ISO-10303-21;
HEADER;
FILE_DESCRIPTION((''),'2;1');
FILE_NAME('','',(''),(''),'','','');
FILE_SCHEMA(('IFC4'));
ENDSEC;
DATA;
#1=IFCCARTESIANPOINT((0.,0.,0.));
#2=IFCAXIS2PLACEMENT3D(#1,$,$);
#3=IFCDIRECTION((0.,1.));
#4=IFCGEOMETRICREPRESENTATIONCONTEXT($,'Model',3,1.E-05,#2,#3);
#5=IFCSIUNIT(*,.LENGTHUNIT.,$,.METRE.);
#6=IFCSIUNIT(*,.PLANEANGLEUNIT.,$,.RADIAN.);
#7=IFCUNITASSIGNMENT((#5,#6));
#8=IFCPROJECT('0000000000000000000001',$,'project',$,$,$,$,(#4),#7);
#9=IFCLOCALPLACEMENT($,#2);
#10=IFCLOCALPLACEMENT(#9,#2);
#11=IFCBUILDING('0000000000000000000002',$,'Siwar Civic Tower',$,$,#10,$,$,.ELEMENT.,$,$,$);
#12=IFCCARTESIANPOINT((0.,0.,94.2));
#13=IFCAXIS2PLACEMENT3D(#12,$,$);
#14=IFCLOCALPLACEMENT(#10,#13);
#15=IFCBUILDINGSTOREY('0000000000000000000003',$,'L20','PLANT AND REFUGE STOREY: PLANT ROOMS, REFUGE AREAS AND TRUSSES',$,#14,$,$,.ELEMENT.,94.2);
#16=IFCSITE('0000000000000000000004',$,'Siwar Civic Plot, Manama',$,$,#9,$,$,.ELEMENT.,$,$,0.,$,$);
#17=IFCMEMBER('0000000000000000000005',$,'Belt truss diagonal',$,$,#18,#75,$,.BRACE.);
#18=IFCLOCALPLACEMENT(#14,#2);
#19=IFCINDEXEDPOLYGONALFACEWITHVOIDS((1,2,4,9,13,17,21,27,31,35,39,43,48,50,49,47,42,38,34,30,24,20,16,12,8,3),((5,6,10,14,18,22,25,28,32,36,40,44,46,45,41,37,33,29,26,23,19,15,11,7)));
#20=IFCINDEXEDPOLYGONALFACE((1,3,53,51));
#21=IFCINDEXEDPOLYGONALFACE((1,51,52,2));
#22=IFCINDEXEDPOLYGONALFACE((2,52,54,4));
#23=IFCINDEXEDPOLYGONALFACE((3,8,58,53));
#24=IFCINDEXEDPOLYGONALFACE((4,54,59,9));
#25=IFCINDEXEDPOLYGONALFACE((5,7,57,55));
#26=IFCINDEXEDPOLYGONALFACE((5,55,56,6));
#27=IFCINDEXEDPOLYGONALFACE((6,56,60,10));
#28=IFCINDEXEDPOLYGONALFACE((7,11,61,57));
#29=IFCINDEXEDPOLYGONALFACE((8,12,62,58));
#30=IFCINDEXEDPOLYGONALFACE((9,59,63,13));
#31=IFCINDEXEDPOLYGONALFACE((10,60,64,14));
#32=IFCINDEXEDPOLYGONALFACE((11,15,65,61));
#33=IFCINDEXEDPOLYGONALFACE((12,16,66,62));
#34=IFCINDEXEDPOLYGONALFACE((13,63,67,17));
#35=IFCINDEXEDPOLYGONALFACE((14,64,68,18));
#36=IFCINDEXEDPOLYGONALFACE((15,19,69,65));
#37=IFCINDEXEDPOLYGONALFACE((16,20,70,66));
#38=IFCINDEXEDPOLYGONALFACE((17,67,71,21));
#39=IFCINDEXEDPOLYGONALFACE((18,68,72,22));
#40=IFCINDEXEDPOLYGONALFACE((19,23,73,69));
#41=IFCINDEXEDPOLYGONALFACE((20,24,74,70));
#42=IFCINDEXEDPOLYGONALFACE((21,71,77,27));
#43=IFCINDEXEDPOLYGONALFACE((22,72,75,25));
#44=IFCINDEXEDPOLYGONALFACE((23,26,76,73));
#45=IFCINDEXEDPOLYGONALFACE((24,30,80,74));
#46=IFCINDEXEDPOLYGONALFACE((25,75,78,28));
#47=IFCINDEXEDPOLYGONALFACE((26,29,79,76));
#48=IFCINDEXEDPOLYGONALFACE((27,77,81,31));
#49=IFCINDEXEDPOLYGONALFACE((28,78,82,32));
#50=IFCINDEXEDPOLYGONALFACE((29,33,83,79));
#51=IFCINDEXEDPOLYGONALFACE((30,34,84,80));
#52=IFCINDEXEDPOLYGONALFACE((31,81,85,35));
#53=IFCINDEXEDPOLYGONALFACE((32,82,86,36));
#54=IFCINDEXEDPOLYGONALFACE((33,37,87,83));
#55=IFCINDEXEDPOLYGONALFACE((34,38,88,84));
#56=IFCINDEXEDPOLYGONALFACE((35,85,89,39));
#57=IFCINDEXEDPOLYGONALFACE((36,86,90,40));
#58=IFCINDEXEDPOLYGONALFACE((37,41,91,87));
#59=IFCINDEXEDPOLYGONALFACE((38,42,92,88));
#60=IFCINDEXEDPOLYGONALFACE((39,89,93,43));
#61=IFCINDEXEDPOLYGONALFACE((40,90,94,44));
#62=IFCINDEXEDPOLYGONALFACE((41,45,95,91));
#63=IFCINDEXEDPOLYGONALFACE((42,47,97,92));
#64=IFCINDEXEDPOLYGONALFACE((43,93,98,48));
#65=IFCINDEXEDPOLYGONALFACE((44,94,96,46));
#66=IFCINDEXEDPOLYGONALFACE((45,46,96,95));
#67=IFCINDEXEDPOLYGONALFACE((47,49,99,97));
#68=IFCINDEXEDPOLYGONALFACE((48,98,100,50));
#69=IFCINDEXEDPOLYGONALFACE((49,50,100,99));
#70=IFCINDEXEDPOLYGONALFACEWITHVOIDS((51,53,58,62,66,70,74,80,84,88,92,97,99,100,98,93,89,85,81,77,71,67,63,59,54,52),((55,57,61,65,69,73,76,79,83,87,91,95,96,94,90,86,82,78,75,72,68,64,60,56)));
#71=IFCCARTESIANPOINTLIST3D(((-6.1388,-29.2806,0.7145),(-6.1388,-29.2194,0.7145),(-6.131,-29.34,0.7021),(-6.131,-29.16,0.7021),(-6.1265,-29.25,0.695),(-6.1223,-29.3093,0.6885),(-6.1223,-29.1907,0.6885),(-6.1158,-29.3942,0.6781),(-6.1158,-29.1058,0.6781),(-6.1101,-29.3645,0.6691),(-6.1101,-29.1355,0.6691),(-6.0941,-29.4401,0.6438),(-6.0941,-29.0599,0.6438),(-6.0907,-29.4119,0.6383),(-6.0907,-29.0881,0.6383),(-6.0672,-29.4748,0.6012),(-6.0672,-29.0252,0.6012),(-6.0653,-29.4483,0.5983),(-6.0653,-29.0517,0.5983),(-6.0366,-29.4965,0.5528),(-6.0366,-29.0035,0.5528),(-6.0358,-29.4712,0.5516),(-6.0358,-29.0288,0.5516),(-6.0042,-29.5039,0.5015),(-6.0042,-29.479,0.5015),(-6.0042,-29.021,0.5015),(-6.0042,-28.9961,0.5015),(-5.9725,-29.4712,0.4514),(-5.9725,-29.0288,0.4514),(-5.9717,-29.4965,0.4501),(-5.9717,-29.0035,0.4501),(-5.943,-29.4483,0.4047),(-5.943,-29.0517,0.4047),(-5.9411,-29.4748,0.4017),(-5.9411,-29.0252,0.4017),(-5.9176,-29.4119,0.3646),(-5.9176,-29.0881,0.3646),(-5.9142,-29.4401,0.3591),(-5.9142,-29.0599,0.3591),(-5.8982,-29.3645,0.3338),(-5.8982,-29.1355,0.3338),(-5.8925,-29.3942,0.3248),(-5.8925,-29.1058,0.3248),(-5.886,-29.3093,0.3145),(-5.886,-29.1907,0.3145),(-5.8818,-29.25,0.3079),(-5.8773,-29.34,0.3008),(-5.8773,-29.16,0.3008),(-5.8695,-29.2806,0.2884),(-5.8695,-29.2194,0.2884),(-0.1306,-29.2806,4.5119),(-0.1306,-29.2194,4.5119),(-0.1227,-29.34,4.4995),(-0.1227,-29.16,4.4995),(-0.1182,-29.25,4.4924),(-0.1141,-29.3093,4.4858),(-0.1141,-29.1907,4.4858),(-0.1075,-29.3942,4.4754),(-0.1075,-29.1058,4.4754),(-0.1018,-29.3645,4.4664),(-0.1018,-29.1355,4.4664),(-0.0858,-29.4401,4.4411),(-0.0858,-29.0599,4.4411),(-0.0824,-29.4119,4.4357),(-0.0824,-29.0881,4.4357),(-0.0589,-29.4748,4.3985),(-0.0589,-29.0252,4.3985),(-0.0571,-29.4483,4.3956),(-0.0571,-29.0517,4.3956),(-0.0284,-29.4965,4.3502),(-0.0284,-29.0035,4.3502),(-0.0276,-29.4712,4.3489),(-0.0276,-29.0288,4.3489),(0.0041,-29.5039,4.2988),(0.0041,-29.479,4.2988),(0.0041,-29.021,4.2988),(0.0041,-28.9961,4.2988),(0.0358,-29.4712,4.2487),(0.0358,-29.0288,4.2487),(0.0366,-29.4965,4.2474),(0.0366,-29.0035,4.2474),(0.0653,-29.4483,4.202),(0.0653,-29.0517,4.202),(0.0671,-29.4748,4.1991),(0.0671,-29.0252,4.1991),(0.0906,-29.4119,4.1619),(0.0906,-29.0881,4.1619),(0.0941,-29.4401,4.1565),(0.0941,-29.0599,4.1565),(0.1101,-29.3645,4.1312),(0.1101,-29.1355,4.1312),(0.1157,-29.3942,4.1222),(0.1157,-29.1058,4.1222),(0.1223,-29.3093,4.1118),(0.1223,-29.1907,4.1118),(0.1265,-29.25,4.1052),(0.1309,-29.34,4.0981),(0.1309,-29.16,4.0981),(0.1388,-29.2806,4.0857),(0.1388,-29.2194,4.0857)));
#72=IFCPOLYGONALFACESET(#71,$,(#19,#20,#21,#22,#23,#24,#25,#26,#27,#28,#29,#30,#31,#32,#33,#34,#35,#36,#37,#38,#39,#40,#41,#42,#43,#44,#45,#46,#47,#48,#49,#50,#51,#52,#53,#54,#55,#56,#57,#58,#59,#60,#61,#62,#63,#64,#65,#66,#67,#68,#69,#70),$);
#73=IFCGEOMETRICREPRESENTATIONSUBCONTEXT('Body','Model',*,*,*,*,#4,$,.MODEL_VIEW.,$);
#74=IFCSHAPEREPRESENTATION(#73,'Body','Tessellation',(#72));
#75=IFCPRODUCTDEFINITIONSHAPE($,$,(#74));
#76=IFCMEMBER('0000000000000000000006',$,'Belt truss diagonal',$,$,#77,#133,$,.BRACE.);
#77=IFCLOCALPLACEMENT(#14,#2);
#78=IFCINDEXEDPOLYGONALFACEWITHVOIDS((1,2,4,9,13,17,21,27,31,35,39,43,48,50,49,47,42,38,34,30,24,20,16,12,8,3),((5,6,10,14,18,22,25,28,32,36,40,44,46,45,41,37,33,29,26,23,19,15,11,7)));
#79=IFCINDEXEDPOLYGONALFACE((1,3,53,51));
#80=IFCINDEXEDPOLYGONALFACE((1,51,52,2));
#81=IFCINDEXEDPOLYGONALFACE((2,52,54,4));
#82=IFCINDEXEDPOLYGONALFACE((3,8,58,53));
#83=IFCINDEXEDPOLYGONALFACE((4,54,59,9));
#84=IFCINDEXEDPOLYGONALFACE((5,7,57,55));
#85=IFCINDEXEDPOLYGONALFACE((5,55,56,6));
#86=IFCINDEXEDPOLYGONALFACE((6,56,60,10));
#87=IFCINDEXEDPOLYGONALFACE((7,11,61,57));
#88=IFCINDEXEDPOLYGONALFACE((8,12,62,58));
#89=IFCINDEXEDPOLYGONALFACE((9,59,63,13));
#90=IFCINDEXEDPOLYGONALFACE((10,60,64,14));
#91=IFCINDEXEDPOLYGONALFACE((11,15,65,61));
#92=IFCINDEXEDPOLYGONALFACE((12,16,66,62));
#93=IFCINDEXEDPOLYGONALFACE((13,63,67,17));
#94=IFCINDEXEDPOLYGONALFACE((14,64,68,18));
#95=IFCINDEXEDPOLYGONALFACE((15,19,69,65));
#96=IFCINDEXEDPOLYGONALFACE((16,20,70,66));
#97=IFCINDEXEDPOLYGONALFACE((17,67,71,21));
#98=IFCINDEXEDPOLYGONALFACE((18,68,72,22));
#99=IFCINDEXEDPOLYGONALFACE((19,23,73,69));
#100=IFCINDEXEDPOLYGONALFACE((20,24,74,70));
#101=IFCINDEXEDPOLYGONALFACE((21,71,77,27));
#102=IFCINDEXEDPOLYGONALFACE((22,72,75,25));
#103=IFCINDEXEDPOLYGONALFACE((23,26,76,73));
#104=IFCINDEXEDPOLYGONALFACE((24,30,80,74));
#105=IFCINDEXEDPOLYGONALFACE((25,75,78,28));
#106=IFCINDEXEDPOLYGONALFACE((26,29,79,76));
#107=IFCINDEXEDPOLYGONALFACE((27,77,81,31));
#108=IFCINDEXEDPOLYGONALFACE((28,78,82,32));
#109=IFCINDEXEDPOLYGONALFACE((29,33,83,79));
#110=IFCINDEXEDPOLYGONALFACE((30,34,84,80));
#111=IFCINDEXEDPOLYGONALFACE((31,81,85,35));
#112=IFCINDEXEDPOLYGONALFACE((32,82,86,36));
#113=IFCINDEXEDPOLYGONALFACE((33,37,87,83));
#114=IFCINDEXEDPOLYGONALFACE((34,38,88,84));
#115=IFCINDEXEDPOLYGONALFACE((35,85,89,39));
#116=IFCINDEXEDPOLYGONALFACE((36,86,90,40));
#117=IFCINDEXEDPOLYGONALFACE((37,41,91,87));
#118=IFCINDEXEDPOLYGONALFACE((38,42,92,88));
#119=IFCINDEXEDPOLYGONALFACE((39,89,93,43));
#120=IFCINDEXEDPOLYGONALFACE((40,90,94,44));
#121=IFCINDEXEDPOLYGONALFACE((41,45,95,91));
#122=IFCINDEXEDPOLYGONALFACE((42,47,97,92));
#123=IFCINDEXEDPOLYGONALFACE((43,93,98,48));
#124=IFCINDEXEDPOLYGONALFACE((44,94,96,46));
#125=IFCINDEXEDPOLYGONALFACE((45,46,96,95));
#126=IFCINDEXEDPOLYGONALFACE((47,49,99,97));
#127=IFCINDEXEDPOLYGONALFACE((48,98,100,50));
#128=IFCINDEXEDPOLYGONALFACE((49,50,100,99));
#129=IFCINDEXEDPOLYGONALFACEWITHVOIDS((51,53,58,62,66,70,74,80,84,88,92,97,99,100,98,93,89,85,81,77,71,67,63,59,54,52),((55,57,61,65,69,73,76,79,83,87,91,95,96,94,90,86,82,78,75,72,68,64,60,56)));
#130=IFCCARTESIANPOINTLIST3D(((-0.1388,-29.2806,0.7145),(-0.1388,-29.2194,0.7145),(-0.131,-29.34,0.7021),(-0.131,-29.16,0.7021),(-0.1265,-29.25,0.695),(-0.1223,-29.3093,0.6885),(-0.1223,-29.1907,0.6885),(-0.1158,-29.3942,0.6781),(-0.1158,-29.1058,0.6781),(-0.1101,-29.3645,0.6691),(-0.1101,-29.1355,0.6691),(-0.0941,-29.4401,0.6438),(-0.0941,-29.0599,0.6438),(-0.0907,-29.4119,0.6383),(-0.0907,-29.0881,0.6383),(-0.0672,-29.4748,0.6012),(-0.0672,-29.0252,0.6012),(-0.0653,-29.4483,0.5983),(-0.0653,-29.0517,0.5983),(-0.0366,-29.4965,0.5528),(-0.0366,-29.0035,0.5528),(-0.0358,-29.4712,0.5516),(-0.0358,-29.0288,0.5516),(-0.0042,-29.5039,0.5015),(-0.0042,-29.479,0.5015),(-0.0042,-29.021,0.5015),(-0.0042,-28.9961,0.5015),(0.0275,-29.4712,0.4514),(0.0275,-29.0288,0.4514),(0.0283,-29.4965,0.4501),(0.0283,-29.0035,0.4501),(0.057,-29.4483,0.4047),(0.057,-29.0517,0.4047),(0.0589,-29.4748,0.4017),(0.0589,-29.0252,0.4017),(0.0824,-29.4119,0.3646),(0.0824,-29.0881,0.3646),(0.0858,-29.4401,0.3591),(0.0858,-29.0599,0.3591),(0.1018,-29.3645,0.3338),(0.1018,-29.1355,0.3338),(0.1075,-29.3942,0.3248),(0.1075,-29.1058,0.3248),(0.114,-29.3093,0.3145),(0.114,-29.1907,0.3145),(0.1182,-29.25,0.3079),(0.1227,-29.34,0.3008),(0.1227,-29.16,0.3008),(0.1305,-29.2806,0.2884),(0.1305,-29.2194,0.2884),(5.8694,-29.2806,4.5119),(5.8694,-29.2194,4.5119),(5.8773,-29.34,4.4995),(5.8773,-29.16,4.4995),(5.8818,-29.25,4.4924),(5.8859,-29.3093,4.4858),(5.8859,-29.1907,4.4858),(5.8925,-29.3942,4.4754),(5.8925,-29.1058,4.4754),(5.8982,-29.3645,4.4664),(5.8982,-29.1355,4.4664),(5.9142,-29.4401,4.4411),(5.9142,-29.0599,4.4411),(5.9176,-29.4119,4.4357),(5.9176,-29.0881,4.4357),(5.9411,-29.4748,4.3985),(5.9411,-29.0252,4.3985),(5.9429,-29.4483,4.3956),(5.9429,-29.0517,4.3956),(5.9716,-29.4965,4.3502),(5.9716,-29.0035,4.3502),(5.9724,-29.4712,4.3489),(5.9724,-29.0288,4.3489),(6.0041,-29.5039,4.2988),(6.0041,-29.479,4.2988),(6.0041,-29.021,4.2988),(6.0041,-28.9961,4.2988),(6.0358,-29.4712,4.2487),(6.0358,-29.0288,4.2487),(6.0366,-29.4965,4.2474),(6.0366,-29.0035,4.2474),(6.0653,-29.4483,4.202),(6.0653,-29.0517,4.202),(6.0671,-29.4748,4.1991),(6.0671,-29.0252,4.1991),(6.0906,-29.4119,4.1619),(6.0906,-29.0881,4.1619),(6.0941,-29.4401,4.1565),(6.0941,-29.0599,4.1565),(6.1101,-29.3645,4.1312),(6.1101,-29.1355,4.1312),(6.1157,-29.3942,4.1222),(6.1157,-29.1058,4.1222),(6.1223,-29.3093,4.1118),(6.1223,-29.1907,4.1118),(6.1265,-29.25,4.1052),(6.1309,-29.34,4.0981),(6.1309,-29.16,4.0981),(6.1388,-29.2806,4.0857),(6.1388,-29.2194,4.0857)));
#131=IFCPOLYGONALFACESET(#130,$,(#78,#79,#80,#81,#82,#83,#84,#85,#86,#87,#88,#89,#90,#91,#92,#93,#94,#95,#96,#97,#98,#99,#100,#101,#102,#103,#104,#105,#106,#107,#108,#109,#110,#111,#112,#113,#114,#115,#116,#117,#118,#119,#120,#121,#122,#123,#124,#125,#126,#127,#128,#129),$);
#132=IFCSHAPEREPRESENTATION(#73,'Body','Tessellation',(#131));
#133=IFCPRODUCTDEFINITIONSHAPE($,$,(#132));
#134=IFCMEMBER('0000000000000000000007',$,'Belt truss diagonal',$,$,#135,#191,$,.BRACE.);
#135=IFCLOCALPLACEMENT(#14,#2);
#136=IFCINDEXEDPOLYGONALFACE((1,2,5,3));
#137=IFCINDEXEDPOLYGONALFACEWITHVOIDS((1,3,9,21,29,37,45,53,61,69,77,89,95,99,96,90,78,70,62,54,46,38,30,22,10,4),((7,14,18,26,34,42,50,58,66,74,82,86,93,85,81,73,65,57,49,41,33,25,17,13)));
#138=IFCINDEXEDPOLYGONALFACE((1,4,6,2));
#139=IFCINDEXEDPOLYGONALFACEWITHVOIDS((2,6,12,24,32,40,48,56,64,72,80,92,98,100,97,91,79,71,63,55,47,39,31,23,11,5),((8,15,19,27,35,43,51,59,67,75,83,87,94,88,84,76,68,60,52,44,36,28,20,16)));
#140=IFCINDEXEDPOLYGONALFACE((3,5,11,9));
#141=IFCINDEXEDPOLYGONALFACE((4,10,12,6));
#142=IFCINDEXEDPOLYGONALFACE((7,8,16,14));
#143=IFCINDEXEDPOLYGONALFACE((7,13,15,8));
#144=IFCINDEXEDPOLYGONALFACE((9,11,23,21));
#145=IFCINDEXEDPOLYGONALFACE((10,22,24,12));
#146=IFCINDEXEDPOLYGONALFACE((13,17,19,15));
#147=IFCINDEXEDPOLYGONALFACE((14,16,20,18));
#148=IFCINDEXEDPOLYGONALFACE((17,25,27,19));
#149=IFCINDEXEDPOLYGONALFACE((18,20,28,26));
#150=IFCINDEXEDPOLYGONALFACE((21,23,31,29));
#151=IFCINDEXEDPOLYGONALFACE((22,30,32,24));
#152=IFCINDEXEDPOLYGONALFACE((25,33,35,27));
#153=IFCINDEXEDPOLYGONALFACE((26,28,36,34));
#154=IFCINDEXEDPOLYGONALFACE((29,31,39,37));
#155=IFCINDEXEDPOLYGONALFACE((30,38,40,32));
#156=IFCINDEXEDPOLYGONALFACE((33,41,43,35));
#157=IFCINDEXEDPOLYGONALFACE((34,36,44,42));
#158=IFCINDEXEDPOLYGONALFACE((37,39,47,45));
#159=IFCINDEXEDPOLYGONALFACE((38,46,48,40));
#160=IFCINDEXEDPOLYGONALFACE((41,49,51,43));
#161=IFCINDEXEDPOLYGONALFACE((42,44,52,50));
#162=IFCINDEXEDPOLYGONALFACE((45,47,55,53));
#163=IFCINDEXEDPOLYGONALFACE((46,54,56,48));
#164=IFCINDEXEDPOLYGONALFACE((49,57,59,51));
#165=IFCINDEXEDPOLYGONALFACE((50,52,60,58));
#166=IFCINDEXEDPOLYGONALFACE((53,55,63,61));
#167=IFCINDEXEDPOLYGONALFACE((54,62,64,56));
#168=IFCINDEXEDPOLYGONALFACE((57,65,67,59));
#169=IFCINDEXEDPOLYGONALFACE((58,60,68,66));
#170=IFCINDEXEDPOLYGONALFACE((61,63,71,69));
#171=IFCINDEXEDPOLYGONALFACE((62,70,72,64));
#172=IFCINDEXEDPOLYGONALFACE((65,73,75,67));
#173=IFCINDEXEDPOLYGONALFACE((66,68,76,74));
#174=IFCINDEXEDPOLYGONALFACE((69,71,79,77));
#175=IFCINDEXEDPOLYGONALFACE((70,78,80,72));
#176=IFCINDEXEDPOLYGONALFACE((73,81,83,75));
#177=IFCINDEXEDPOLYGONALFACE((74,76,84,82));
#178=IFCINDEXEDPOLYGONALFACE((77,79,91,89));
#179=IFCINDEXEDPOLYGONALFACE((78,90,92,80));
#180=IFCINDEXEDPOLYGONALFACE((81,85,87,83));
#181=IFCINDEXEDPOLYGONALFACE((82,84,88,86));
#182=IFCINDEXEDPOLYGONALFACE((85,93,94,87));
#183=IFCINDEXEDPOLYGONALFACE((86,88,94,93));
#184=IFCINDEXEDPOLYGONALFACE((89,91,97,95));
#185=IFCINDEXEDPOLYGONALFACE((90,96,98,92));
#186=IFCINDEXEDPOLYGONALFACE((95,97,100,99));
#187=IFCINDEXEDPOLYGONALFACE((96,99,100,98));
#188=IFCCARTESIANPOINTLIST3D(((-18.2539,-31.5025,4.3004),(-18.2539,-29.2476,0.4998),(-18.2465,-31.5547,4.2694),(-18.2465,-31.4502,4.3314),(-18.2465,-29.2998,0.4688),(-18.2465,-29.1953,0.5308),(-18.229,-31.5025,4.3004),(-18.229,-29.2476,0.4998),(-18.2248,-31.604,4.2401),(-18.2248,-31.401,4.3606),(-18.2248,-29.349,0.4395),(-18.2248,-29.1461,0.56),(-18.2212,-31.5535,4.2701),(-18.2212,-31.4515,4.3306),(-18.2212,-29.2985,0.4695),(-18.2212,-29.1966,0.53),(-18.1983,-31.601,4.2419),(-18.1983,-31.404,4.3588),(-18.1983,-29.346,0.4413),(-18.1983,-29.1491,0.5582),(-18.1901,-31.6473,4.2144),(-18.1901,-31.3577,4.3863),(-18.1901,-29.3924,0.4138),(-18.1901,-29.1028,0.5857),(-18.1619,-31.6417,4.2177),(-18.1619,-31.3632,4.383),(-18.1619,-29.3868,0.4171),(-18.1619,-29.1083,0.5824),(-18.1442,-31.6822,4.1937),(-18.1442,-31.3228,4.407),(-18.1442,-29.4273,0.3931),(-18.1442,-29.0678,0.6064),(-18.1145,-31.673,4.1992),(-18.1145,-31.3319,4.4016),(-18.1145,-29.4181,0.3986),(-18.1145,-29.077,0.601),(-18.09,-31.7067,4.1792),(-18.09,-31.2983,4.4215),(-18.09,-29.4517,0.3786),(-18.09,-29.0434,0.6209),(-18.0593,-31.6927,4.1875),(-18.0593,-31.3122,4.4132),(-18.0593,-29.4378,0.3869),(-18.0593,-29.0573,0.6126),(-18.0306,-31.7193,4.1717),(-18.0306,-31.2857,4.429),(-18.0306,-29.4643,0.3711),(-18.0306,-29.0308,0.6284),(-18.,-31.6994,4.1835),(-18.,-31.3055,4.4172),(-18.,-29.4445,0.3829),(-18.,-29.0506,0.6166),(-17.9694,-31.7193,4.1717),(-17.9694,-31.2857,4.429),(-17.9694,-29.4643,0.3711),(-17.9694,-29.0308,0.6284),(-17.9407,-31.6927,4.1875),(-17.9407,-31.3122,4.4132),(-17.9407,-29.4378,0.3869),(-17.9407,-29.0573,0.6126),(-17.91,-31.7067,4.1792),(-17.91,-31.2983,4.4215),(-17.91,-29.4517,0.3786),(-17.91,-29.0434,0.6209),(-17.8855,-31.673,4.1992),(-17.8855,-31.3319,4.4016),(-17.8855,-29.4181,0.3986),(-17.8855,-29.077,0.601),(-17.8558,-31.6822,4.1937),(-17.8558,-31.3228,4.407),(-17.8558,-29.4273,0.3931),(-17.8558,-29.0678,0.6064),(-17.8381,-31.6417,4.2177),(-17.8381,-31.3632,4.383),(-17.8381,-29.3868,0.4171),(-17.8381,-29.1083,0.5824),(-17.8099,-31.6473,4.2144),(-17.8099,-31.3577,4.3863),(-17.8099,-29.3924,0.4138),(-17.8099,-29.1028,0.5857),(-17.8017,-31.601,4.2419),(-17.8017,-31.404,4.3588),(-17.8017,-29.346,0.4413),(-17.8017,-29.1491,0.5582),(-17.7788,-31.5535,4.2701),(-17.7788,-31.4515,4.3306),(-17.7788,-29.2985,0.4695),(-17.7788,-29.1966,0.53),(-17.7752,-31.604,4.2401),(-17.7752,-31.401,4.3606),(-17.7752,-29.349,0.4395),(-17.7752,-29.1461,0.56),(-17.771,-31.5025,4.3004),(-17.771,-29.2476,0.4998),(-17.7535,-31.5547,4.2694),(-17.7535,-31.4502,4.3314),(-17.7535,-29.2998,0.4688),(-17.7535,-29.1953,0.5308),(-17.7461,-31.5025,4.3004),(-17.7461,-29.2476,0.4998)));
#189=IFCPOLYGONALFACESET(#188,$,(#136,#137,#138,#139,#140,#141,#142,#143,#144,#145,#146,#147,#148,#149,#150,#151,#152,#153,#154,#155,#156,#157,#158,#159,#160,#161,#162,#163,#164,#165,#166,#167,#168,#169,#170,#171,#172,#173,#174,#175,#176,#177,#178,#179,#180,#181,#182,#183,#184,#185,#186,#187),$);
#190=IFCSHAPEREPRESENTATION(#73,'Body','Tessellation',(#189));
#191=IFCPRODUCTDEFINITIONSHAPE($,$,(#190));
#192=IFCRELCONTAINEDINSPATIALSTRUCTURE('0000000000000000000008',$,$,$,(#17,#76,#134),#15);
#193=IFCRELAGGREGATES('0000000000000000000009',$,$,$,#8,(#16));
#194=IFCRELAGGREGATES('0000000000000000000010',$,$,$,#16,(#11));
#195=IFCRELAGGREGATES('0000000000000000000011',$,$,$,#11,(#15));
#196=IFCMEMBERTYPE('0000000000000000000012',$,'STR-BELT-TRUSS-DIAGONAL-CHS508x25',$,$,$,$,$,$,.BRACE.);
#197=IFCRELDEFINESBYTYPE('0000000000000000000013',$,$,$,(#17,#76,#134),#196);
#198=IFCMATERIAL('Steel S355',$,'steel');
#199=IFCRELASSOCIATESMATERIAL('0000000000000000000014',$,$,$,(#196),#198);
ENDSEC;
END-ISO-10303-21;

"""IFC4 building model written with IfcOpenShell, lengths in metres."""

from ifc_helpers import new_model, si_unit, direction, frame, origin, origin_2d, place, context, subcontext, project, spatial, hollow_circle, extrude, material, material_profile, profile_set, type_object, element, save


model = new_model("IFC4")

# Units and contexts
model_context = context("Model", 3, precision=1e-05, world=origin(), true_north=direction((0.0, 1.0)))
body_context = subcontext(model_context, "Body", "Model", "MODEL_VIEW")
ifc_project = project(units=[si_unit("LENGTHUNIT", "METRE"), si_unit("PLANEANGLEUNIT", "RADIAN")], contexts=[model_context])

# Site, building, storey
site_placement = place(None, origin())
site = spatial("IfcSite", under=ifc_project, at=site_placement, Name="Siwar Civic Plot, Manama", CompositionType="ELEMENT", RefElevation=0.0)
building_placement = place(site_placement, origin())
building = spatial("IfcBuilding", under=site, at=building_placement, Name="Siwar Civic Tower", CompositionType="ELEMENT")
storey_placement = place(building_placement, frame((0.0, 0.0, 94.2)))
storey = spatial("IfcBuildingStorey", under=building, at=storey_placement, Name="L20", Description="PLANT AND REFUGE STOREY: PLANT ROOMS, REFUGE AREAS AND TRUSSES", CompositionType="ELEMENT", Elevation=94.2)

# Members
ifc_material_1 = material(Name="Steel S355", Category="steel")
ifc_material_profile_1 = material_profile(ifc_material_1, hollow_circle(Radius=0.2539, WallThickness=0.0249, at=origin_2d()), Name="CHS508x25")
ifc_profile_set_1 = profile_set([ifc_material_profile_1], Name="Steel S355")
member_type_1 = type_object("IfcMemberType", Name="STR-BELT-TRUSS-DIAGONAL-CHS508x25", PredefinedType="BRACE", material=ifc_profile_set_1)
for number, where, z_axis, x_axis, name in (
    (1, (-6.0042, -29.25, 0.5015), (0.845321, 0.0, 0.534259), (0.0, 1.0, 0.0), "Belt truss diagonal"),
    (2, (-0.0042, -29.25, 0.5015), (0.845321, 0.0, 0.534259), (0.0, 1.0, 0.0), "Belt truss diagonal"),
):
    element("IfcMember", number, at=place(storey_placement, frame(where, z_axis=z_axis, x_axis=x_axis)), inside=storey, type_object=member_type_1, Name=name, PredefinedType="BRACE", context=body_context, shape_type="SweptSolid", body=[
        extrude(hollow_circle(Radius=0.2539, WallThickness=0.0249, at=origin_2d()), origin(), (0.0, 0.0, 1.0), 7.1077),
    ])
member_1_placement = place(storey_placement, frame((-18.0, -29.2476, 0.4998), z_axis=(0.0, -0.510257, 0.860022), x_axis=(1.0, 0.0, 0.0)))
element("IfcMember", 3, at=member_1_placement, inside=storey, type_object=member_type_1, Name="Belt truss diagonal", PredefinedType="BRACE", context=body_context, shape_type="SweptSolid", body=[
    extrude(hollow_circle(Radius=0.2539, WallThickness=0.0249, at=origin_2d()), origin(), (0.0, 0.0, 1.0), 4.4192),
])

save(model, "model.ifc")
